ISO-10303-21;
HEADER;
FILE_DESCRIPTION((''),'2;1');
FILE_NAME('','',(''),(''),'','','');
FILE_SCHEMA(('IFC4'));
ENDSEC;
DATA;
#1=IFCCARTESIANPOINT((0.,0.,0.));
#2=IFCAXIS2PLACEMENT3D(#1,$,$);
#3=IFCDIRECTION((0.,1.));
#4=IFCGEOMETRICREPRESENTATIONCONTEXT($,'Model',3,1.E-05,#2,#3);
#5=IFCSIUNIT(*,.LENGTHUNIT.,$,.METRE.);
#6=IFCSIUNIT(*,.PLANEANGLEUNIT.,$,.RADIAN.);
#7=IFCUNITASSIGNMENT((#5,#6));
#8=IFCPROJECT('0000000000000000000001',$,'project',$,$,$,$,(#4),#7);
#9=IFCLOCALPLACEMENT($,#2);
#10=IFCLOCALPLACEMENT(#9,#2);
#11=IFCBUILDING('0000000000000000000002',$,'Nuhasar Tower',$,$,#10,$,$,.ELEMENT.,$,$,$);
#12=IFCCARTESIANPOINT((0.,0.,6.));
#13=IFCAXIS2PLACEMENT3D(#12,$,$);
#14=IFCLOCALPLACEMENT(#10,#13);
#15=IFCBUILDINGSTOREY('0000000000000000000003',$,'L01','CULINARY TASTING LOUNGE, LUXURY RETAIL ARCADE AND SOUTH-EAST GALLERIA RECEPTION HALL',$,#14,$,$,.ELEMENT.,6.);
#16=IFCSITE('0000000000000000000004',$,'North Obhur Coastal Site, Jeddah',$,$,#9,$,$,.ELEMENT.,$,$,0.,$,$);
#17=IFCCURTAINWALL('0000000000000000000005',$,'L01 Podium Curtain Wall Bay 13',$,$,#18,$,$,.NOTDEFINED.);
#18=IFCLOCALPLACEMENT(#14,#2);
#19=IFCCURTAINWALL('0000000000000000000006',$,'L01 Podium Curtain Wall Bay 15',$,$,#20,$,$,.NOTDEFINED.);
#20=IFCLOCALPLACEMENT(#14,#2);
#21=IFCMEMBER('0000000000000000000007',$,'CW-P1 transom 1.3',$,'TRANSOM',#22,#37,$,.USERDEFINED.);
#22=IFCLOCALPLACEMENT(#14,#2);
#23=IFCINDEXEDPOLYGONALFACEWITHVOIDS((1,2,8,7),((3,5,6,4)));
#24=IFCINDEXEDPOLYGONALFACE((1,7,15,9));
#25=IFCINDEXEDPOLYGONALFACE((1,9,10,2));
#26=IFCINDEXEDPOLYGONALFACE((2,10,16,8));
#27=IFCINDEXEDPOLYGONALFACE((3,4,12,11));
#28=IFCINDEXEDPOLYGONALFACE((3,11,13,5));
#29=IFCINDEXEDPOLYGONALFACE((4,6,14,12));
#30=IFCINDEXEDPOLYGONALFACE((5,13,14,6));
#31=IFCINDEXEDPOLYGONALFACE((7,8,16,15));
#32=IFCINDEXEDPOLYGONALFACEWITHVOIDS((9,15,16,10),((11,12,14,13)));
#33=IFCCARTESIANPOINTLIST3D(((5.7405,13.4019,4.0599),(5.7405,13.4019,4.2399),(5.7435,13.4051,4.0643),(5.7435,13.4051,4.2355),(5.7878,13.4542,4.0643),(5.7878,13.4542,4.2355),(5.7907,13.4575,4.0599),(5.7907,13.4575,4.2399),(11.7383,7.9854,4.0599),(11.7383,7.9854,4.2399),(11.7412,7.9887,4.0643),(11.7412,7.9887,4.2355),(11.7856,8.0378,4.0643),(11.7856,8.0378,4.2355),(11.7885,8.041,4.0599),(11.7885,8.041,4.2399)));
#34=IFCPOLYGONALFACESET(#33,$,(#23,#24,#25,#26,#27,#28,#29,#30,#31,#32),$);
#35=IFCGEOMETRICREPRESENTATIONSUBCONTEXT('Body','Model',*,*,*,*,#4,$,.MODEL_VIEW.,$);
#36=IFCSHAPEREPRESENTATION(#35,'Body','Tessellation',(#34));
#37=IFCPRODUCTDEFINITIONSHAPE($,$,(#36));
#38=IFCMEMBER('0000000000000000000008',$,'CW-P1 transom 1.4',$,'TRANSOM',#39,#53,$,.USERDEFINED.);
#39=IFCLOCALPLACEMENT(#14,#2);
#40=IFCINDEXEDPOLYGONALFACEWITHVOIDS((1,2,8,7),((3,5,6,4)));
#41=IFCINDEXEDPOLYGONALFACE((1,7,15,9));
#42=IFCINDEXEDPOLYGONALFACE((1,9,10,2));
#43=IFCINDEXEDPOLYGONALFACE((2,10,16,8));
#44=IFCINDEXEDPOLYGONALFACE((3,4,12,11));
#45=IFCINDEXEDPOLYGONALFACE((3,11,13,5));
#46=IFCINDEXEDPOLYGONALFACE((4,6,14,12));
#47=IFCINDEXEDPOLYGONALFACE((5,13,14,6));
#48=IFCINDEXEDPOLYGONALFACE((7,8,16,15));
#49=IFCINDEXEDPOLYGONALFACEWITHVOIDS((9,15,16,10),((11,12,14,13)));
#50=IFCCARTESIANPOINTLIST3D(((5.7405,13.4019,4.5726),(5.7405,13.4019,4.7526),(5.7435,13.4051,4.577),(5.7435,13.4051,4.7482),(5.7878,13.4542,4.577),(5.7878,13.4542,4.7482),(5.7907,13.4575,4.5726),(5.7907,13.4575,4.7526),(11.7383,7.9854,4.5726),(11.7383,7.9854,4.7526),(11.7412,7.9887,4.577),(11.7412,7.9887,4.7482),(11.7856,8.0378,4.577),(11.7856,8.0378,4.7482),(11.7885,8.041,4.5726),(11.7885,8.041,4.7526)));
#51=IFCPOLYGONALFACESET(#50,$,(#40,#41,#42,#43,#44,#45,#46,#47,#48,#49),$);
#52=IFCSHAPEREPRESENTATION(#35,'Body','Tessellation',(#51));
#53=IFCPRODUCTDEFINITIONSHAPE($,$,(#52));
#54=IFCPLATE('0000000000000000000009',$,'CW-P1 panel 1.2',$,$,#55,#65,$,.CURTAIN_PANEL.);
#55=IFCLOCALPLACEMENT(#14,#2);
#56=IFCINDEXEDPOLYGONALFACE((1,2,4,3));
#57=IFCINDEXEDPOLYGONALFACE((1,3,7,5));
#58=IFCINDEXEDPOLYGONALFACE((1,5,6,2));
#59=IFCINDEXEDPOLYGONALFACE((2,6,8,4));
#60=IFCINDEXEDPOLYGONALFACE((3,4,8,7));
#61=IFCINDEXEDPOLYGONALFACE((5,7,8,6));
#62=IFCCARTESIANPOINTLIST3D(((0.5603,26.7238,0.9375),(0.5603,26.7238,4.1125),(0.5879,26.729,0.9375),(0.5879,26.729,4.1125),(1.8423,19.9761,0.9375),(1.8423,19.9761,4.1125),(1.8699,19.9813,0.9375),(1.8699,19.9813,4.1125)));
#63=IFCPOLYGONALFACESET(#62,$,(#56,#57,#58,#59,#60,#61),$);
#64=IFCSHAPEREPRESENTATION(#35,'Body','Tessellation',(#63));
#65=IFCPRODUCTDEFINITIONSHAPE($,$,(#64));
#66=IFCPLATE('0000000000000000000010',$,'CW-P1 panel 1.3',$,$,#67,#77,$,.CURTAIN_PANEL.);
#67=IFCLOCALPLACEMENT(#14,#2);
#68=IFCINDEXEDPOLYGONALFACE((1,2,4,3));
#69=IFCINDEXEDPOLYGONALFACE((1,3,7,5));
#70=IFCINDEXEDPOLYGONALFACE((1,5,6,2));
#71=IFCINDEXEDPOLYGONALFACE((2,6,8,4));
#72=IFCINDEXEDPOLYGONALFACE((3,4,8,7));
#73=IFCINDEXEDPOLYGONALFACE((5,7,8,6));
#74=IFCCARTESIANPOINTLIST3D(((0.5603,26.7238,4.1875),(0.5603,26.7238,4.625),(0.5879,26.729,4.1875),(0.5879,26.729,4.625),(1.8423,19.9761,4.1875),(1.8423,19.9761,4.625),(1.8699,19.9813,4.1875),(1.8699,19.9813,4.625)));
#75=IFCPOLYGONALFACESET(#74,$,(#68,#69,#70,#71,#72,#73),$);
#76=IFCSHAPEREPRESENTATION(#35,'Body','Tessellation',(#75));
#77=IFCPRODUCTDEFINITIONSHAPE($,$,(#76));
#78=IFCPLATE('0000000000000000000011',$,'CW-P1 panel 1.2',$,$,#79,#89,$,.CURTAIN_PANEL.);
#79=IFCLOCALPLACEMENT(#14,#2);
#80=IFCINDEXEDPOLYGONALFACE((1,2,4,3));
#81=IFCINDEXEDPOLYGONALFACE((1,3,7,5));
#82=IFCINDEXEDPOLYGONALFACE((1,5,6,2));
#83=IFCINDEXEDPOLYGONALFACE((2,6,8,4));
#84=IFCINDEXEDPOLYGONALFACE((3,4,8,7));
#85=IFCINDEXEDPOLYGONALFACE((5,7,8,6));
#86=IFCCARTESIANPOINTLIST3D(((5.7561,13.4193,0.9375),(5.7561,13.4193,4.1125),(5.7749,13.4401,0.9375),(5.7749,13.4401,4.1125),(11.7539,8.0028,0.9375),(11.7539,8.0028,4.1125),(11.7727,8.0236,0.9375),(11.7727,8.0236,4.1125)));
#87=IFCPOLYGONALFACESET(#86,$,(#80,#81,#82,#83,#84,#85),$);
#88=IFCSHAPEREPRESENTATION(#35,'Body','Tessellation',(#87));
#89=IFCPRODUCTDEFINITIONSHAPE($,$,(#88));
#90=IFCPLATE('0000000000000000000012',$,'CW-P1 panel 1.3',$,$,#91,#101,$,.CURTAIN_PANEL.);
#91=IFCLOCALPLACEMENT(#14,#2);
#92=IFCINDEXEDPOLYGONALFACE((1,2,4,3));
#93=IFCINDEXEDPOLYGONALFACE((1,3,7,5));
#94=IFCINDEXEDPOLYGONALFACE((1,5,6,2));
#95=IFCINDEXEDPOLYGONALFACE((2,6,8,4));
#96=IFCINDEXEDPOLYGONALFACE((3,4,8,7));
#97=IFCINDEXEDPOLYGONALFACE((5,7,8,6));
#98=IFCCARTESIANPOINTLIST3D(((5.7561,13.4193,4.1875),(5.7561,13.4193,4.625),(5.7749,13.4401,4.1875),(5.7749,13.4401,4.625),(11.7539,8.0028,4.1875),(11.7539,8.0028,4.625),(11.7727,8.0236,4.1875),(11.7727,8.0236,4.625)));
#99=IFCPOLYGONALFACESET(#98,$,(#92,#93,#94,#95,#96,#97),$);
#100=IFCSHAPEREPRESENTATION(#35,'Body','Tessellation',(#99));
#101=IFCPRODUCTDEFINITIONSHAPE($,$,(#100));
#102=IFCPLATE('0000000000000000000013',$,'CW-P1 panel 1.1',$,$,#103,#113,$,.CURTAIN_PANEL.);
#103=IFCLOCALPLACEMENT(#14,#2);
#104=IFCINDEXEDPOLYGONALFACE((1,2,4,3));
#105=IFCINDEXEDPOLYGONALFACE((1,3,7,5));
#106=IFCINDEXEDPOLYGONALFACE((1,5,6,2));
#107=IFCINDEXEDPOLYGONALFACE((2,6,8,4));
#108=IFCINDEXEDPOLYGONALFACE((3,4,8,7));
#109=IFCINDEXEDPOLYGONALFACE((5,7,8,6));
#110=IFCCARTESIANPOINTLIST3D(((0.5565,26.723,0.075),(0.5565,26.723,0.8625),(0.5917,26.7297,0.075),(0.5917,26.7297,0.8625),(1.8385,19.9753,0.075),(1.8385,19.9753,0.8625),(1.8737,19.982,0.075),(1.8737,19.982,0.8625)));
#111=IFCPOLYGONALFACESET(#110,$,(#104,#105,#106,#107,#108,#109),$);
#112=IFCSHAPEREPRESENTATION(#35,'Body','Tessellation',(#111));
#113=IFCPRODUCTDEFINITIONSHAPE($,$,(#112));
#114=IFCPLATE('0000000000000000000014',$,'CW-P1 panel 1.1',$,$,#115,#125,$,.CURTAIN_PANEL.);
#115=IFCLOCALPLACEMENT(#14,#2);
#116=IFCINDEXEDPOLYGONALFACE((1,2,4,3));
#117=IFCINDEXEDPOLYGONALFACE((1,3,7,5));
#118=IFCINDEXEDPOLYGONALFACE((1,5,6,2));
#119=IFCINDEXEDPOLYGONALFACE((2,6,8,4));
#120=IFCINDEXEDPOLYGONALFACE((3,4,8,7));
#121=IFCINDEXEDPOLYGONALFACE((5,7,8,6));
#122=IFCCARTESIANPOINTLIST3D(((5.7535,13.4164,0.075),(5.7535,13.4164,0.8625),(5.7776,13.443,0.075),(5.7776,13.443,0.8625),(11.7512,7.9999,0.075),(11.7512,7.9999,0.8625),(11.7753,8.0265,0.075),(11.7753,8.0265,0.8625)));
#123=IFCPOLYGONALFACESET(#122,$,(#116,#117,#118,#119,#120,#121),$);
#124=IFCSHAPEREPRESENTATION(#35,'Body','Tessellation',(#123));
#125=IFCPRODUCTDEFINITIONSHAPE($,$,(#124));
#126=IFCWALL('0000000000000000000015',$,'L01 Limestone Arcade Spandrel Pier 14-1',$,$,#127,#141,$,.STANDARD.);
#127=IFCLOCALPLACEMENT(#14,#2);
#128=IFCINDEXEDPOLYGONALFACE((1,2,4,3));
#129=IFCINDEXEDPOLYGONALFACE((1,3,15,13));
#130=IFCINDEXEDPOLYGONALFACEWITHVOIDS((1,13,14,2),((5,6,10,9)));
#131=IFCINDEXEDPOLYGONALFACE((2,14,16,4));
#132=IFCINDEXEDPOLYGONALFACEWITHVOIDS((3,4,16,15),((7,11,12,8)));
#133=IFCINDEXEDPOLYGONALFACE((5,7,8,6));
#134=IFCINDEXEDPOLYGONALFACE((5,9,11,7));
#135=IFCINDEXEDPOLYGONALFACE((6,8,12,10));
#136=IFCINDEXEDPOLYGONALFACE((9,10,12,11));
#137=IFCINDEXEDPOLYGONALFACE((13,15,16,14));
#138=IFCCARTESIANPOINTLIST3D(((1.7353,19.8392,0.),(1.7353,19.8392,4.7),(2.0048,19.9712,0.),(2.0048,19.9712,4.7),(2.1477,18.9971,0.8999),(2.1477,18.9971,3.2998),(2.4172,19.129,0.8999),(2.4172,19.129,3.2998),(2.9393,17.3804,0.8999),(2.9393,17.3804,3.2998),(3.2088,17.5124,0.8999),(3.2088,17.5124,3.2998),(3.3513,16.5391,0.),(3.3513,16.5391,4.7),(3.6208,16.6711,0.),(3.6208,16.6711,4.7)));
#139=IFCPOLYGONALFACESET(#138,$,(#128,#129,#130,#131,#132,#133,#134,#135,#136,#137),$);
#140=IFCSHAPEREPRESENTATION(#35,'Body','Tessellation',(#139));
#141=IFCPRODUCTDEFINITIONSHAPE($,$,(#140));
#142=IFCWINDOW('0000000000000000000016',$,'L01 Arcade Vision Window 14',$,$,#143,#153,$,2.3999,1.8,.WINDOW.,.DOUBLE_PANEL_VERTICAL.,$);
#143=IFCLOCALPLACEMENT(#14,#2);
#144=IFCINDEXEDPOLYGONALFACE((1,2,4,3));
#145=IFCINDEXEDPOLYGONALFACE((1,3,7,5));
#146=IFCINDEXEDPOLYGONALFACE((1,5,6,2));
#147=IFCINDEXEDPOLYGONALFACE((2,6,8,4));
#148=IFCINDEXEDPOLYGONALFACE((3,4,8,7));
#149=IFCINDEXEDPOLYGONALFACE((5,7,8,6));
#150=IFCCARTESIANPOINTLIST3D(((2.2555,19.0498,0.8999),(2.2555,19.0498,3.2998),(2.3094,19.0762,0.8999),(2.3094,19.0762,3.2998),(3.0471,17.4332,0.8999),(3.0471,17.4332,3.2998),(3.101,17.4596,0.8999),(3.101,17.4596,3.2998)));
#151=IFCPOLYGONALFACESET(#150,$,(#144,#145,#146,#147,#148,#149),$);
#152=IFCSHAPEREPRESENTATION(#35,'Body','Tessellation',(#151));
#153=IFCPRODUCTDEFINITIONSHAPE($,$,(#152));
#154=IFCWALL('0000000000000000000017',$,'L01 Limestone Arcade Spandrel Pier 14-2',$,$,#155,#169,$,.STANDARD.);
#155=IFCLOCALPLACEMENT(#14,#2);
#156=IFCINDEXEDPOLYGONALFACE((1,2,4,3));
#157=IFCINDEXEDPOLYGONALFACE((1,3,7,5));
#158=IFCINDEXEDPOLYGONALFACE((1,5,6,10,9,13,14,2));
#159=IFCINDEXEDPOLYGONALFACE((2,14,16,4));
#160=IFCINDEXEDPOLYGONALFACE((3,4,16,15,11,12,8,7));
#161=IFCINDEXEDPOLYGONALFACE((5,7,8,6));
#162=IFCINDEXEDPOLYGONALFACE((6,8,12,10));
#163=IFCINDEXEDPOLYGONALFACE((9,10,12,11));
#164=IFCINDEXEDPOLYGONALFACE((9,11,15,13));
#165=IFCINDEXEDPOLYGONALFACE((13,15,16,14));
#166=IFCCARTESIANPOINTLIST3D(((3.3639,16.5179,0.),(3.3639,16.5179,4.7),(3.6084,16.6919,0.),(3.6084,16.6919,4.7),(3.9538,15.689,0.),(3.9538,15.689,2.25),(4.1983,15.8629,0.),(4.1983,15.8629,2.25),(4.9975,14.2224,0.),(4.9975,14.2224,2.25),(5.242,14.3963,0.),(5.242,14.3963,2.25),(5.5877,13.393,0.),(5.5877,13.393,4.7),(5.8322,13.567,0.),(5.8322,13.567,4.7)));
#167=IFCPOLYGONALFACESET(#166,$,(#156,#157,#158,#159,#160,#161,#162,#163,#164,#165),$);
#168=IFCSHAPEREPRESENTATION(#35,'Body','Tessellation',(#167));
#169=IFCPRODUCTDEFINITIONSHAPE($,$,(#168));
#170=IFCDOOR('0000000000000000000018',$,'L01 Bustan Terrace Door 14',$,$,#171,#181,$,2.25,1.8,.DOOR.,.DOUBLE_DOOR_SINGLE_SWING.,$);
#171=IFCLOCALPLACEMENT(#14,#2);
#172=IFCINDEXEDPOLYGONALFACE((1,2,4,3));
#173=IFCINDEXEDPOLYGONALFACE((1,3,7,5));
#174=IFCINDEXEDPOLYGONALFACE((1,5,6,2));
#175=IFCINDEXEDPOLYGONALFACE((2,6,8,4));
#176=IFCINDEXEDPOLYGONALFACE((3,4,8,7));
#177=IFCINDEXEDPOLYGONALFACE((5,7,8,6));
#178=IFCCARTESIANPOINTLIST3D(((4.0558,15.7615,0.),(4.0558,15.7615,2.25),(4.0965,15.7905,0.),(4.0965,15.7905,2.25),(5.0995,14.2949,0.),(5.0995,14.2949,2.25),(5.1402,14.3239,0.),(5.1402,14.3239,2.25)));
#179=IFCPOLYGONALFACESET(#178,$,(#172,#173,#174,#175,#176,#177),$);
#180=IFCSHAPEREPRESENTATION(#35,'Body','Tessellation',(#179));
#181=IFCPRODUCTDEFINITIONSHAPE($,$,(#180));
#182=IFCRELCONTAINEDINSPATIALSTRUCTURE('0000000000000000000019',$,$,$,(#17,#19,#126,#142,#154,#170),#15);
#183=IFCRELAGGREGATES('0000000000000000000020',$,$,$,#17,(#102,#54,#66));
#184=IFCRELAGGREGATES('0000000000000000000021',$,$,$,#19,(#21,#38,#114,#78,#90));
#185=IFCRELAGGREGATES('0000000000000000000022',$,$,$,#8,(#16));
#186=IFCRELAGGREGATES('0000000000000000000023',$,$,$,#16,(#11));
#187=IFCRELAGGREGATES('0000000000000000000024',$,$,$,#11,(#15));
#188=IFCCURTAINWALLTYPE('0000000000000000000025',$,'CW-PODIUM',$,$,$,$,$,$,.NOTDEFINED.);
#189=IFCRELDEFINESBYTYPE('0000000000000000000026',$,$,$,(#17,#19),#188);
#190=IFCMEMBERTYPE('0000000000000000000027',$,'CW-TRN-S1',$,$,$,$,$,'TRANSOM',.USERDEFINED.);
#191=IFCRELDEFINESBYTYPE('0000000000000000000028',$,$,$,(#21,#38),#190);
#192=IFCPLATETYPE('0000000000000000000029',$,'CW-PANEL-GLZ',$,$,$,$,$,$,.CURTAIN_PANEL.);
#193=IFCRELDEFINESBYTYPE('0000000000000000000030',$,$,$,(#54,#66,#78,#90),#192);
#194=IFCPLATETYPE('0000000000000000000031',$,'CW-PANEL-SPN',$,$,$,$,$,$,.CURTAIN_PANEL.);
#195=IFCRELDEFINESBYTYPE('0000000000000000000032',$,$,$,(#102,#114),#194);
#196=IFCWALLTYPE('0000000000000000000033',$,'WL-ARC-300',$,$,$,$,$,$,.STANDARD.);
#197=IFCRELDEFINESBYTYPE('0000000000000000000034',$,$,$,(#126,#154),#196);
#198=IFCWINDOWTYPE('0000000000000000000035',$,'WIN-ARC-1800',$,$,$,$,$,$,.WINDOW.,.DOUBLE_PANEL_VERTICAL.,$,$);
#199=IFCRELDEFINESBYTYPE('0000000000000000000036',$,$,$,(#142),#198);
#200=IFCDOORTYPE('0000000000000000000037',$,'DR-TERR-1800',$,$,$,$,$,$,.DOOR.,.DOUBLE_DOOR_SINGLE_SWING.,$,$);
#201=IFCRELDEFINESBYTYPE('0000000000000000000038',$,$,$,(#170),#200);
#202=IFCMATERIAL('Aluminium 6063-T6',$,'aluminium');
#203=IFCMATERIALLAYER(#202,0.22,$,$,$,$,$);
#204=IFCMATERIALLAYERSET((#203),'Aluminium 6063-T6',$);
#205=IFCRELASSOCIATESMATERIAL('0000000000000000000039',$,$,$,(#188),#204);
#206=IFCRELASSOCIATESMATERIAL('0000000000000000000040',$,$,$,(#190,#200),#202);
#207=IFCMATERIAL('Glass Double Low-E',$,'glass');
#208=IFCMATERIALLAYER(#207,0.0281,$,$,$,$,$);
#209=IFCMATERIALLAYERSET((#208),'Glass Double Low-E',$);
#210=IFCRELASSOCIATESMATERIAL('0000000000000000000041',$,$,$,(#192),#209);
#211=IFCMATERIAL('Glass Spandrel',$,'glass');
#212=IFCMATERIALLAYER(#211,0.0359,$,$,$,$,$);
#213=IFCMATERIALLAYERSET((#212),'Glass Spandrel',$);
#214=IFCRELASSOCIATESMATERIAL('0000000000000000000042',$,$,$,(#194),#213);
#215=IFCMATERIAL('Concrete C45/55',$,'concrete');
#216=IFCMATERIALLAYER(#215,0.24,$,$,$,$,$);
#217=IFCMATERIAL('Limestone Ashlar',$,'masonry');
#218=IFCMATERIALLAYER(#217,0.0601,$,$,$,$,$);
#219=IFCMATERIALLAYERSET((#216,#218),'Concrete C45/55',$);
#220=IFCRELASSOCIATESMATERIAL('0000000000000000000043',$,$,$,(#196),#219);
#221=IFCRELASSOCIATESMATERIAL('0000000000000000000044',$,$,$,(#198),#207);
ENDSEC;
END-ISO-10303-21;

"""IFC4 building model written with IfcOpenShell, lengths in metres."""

from ifc_helpers import new_model, si_unit, direction, frame, frame_2d, origin, origin_2d, place, context, subcontext, project, spatial, rectangle, hollow_rectangle, extrude, material, layer, layer_set, material_profile, profile_set, type_object, element, fill, aggregate, save


model = new_model("IFC4")

# Units and contexts
model_context = context("Model", 3, precision=1e-05, world=origin(), true_north=direction((0.0, 1.0)))
body_context = subcontext(model_context, "Body", "Model", "MODEL_VIEW")
ifc_project = project(units=[si_unit("LENGTHUNIT", "METRE"), si_unit("PLANEANGLEUNIT", "RADIAN")], contexts=[model_context])

# Site, building, storey
site_placement = place(None, origin())
site = spatial("IfcSite", under=ifc_project, at=site_placement, Name="North Obhur Coastal Site, Jeddah", CompositionType="ELEMENT", RefElevation=0.0)
building_placement = place(site_placement, origin())
building = spatial("IfcBuilding", under=site, at=building_placement, Name="Nuhasar Tower", CompositionType="ELEMENT")
storey_placement = place(building_placement, frame((0.0, 0.0, 6.0)))
storey = spatial("IfcBuildingStorey", under=building, at=storey_placement, Name="L01", Description="CULINARY TASTING LOUNGE, LUXURY RETAIL ARCADE AND SOUTH-EAST GALLERIA RECEPTION HALL", CompositionType="ELEMENT", Elevation=6.0)

# Curtain wall
ifc_material_1 = material(Name="Aluminium 6063-T6", Category="aluminium")
ifc_layer_1 = layer(ifc_material_1, 0.22)
ifc_layer_set_1 = layer_set([ifc_layer_1], Name="Aluminium 6063-T6")
curtain_wall_type = type_object("IfcCurtainWallType", Name="CW-PODIUM", PredefinedType="NOTDEFINED", material=ifc_layer_set_1)
curtain_wall_1_placement = place(storey_placement, origin())
curtain_wall_1 = element("IfcCurtainWall", 1, at=curtain_wall_1_placement, inside=storey, type_object=curtain_wall_type, Name="L01 Podium Curtain Wall Bay 13", PredefinedType="NOTDEFINED")

# Curtain wall
curtain_wall_2_placement = place(storey_placement, origin())
curtain_wall_2 = element("IfcCurtainWall", 2, at=curtain_wall_2_placement, inside=storey, type_object=curtain_wall_type, Name="L01 Podium Curtain Wall Bay 15", PredefinedType="NOTDEFINED")

# Members
ifc_material_profile_1 = material_profile(ifc_material_1, hollow_rectangle(XDim=0.075, YDim=0.1799, WallThickness=0.0044, at=origin_2d()), Name="CWT-1")
ifc_profile_set_1 = profile_set([ifc_material_profile_1], Name="Aluminium 6063-T6")
member_type_1 = type_object("IfcMemberType", Name="CW-TRN-S1", ElementType="TRANSOM", PredefinedType="USERDEFINED", material=ifc_profile_set_1)
member_1_placement = place(storey_placement, frame((5.7656, 13.4297, 4.1499), z_axis=(0.742156, -0.670227, 0.0), x_axis=(0.670227, 0.742156, 0.0)))
member_1 = element("IfcMember", 3, at=member_1_placement, type_object=member_type_1, Name="CW-P1 transom 1.3", ObjectType="TRANSOM", PredefinedType="USERDEFINED", context=body_context, shape_type="SweptSolid", body=[
    extrude(hollow_rectangle(XDim=0.075, YDim=0.1799, WallThickness=0.0044, at=origin_2d()), origin(), (0.0, 0.0, 1.0), 8.0815),
])
member_2_placement = place(storey_placement, frame((5.7656, 13.4297, 4.6626), z_axis=(0.742156, -0.670227, 0.0), x_axis=(0.670227, 0.742156, 0.0)))
member_2 = element("IfcMember", 4, at=member_2_placement, type_object=member_type_1, Name="CW-P1 transom 1.4", ObjectType="TRANSOM", PredefinedType="USERDEFINED", context=body_context, shape_type="SweptSolid", body=[
    extrude(hollow_rectangle(XDim=0.075, YDim=0.1799, WallThickness=0.0044, at=origin_2d()), origin(), (0.0, 0.0, 1.0), 8.0815),
])

# Plates
ifc_material_2 = material(Name="Glass Double Low-E", Category="glass")
ifc_layer_2 = layer(ifc_material_2, 0.0281)
ifc_layer_set_2 = layer_set([ifc_layer_2], Name="Glass Double Low-E")
plate_type_1 = type_object("IfcPlateType", Name="CW-PANEL-GLZ", PredefinedType="CURTAIN_PANEL", material=ifc_layer_set_2)
plate_1_placement = place(storey_placement, frame((1.2151, 23.3525, 0.9375), z_axis=(0.0, 0.0, 1.0), x_axis=(0.186654, -0.982426, 0.0)))
plate_1 = element("IfcPlate", 5, at=plate_1_placement, type_object=plate_type_1, Name="CW-P1 panel 1.2", PredefinedType="CURTAIN_PANEL", context=body_context, shape_type="SweptSolid", body=[
    extrude(rectangle(XDim=6.8684, YDim=0.0281, at=origin_2d()), origin(), (0.0, 0.0, 1.0), 3.175),
])
plate_2_placement = place(storey_placement, frame((1.2151, 23.3525, 4.1875), z_axis=(0.0, 0.0, 1.0), x_axis=(0.186654, -0.982426, 0.0)))
plate_2 = element("IfcPlate", 6, at=plate_2_placement, type_object=plate_type_1, Name="CW-P1 panel 1.3", PredefinedType="CURTAIN_PANEL", context=body_context, shape_type="SweptSolid", body=[
    extrude(rectangle(XDim=6.8684, YDim=0.0281, at=origin_2d()), origin(), (0.0, 0.0, 1.0), 0.4375),
])
plate_3_placement = place(storey_placement, frame((8.7644, 10.7214, 0.9375), z_axis=(0.0, 0.0, 1.0), x_axis=(0.742151, -0.670232, 0.0)))
plate_3 = element("IfcPlate", 7, at=plate_3_placement, type_object=plate_type_1, Name="CW-P1 panel 1.2", PredefinedType="CURTAIN_PANEL", context=body_context, shape_type="SweptSolid", body=[
    extrude(rectangle(XDim=8.0815, YDim=0.0281, at=origin_2d()), origin(), (0.0, 0.0, 1.0), 3.175),
])
plate_4_placement = place(storey_placement, frame((8.7644, 10.7214, 4.1875), z_axis=(0.0, 0.0, 1.0), x_axis=(0.742151, -0.670232, 0.0)))
plate_4 = element("IfcPlate", 8, at=plate_4_placement, type_object=plate_type_1, Name="CW-P1 panel 1.3", PredefinedType="CURTAIN_PANEL", context=body_context, shape_type="SweptSolid", body=[
    extrude(rectangle(XDim=8.0815, YDim=0.0281, at=origin_2d()), origin(), (0.0, 0.0, 1.0), 0.4375),
])
ifc_material_3 = material(Name="Glass Spandrel", Category="glass")
ifc_layer_3 = layer(ifc_material_3, 0.0359)
ifc_layer_set_3 = layer_set([ifc_layer_3], Name="Glass Spandrel")
plate_type_2 = type_object("IfcPlateType", Name="CW-PANEL-SPN", PredefinedType="CURTAIN_PANEL", material=ifc_layer_set_3)
plate_5_placement = place(storey_placement, frame((1.2151, 23.3525, 0.075), z_axis=(0.0, 0.0, 1.0), x_axis=(0.186654, -0.982426, 0.0)))
plate_5 = element("IfcPlate", 9, at=plate_5_placement, type_object=plate_type_2, Name="CW-P1 panel 1.1", PredefinedType="CURTAIN_PANEL", context=body_context, shape_type="SweptSolid", body=[
    extrude(rectangle(XDim=6.8684, YDim=0.0359, at=origin_2d()), origin(), (0.0, 0.0, 1.0), 0.7876),
])
aggregate(curtain_wall_1, [plate_5, plate_1, plate_2])
plate_6_placement = place(storey_placement, frame((8.7644, 10.7214, 0.075), z_axis=(0.0, 0.0, 1.0), x_axis=(0.742151, -0.670232, 0.0)))
plate_6 = element("IfcPlate", 10, at=plate_6_placement, type_object=plate_type_2, Name="CW-P1 panel 1.1", PredefinedType="CURTAIN_PANEL", context=body_context, shape_type="SweptSolid", body=[
    extrude(rectangle(XDim=8.0815, YDim=0.0359, at=origin_2d()), origin(), (0.0, 0.0, 1.0), 0.7876),
])
aggregate(curtain_wall_2, [member_1, member_2, plate_6, plate_3, plate_4])

# Wall, opening, window
ifc_material_4 = material(Name="Concrete C45/55", Category="concrete")
ifc_layer_4 = layer(ifc_material_4, 0.24)
ifc_material_5 = material(Name="Limestone Ashlar", Category="masonry")
ifc_layer_5 = layer(ifc_material_5, 0.0601)
ifc_layer_set_4 = layer_set([ifc_layer_4, ifc_layer_5], Name="Concrete C45/55")
wall_type_1 = type_object("IfcWallType", Name="WL-ARC-300", PredefinedType="STANDARD", material=ifc_layer_set_4)
wall_1_placement = place(storey_placement, frame((3.4861, 16.605, 0.0), z_axis=(0.0, 0.0, 1.0), x_axis=(-0.439783, 0.898104, 0.0)))
wall_1 = element("IfcWall", 11, at=wall_1_placement, inside=storey, type_object=wall_type_1, Name="L01 Limestone Arcade Spandrel Pier 14-1", PredefinedType="STANDARD", context=body_context, shape_type="SweptSolid", body=[
    extrude(rectangle(XDim=3.6746, YDim=0.3, at=frame_2d((1.8374, 0.0))), origin(), (0.0, 0.0, 1.0), 4.7),
])
opening_1_placement = place(wall_1_placement, frame((0.937, 0.0, 0.8999)))
opening_1 = element("IfcOpeningElement", 12, at=opening_1_placement, cuts=wall_1, PredefinedType="OPENING", context=body_context, shape_type="SweptSolid", body=[
    extrude(rectangle(XDim=1.8, YDim=2.3999, at=frame_2d((0.8999, 1.2))), frame((0.0, 0.1602, 0.0), z_axis=(0.0, -1.0, 0.0), x_axis=(1.0, 0.0, 0.0)), (0.0, 0.0, 1.0), 0.3201),
])
window_type = type_object("IfcWindowType", Name="WIN-ARC-1800", PartitioningType="DOUBLE_PANEL_VERTICAL", PredefinedType="WINDOW", material=ifc_material_2)
window_placement = place(opening_1_placement, origin())
window = element("IfcWindow", 13, at=window_placement, inside=storey, type_object=window_type, Name="L01 Arcade Vision Window 14", OverallHeight=2.3999, OverallWidth=1.8, PartitioningType="DOUBLE_PANEL_VERTICAL", PredefinedType="WINDOW", context=body_context, shape_type="SweptSolid", body=[
    extrude(rectangle(XDim=1.8, YDim=2.3999, at=frame_2d((0.8999, 1.2))), frame((0.0, 0.03, 0.0), z_axis=(0.0, -1.0, 0.0), x_axis=(1.0, 0.0, 0.0)), (0.0, 0.0, 1.0), 0.0601),
])
fill(opening_1, window)

# Wall, opening, door
wall_2_placement = place(storey_placement, frame((5.71, 13.48, 0.0), z_axis=(0.0, 0.0, 1.0), x_axis=(-0.57981, 0.814752, 0.0)))
wall_2 = element("IfcWall", 14, at=wall_2_placement, inside=storey, type_object=wall_type_1, Name="L01 Limestone Arcade Spandrel Pier 14-2", PredefinedType="STANDARD", context=body_context, shape_type="SweptSolid", body=[
    extrude(rectangle(XDim=3.8354, YDim=0.3, at=frame_2d((1.9177, 0.0))), origin(), (0.0, 0.0, 1.0), 4.7),
])
opening_2_placement = place(wall_2_placement, frame((1.0181, 0.0, 0.0)))
opening_2 = element("IfcOpeningElement", 15, at=opening_2_placement, cuts=wall_2, PredefinedType="OPENING", context=body_context, shape_type="SweptSolid", body=[
    extrude(rectangle(XDim=1.8, YDim=2.25, at=frame_2d((0.8999, 1.125))), frame((0.0, 0.1602, 0.0), z_axis=(0.0, -1.0, 0.0), x_axis=(1.0, 0.0, 0.0)), (0.0, 0.0, 1.0), 0.3201),
])
door_type = type_object("IfcDoorType", Name="DR-TERR-1800", OperationType="DOUBLE_DOOR_SINGLE_SWING", PredefinedType="DOOR", material=ifc_material_1)
door_placement = place(opening_2_placement, origin())
door = element("IfcDoor", 16, at=door_placement, inside=storey, type_object=door_type, Name="L01 Bustan Terrace Door 14", OperationType="DOUBLE_DOOR_SINGLE_SWING", OverallHeight=2.25, OverallWidth=1.8, PredefinedType="DOOR", context=body_context, shape_type="SweptSolid", body=[
    extrude(rectangle(XDim=1.8, YDim=2.25, at=frame_2d((0.8999, 1.125))), frame((0.0, 0.0249, 0.0), z_axis=(0.0, -1.0, 0.0), x_axis=(1.0, 0.0, 0.0)), (0.0, 0.0, 1.0), 0.05),
])
fill(opening_2, door)

save(model, "model.ifc")
